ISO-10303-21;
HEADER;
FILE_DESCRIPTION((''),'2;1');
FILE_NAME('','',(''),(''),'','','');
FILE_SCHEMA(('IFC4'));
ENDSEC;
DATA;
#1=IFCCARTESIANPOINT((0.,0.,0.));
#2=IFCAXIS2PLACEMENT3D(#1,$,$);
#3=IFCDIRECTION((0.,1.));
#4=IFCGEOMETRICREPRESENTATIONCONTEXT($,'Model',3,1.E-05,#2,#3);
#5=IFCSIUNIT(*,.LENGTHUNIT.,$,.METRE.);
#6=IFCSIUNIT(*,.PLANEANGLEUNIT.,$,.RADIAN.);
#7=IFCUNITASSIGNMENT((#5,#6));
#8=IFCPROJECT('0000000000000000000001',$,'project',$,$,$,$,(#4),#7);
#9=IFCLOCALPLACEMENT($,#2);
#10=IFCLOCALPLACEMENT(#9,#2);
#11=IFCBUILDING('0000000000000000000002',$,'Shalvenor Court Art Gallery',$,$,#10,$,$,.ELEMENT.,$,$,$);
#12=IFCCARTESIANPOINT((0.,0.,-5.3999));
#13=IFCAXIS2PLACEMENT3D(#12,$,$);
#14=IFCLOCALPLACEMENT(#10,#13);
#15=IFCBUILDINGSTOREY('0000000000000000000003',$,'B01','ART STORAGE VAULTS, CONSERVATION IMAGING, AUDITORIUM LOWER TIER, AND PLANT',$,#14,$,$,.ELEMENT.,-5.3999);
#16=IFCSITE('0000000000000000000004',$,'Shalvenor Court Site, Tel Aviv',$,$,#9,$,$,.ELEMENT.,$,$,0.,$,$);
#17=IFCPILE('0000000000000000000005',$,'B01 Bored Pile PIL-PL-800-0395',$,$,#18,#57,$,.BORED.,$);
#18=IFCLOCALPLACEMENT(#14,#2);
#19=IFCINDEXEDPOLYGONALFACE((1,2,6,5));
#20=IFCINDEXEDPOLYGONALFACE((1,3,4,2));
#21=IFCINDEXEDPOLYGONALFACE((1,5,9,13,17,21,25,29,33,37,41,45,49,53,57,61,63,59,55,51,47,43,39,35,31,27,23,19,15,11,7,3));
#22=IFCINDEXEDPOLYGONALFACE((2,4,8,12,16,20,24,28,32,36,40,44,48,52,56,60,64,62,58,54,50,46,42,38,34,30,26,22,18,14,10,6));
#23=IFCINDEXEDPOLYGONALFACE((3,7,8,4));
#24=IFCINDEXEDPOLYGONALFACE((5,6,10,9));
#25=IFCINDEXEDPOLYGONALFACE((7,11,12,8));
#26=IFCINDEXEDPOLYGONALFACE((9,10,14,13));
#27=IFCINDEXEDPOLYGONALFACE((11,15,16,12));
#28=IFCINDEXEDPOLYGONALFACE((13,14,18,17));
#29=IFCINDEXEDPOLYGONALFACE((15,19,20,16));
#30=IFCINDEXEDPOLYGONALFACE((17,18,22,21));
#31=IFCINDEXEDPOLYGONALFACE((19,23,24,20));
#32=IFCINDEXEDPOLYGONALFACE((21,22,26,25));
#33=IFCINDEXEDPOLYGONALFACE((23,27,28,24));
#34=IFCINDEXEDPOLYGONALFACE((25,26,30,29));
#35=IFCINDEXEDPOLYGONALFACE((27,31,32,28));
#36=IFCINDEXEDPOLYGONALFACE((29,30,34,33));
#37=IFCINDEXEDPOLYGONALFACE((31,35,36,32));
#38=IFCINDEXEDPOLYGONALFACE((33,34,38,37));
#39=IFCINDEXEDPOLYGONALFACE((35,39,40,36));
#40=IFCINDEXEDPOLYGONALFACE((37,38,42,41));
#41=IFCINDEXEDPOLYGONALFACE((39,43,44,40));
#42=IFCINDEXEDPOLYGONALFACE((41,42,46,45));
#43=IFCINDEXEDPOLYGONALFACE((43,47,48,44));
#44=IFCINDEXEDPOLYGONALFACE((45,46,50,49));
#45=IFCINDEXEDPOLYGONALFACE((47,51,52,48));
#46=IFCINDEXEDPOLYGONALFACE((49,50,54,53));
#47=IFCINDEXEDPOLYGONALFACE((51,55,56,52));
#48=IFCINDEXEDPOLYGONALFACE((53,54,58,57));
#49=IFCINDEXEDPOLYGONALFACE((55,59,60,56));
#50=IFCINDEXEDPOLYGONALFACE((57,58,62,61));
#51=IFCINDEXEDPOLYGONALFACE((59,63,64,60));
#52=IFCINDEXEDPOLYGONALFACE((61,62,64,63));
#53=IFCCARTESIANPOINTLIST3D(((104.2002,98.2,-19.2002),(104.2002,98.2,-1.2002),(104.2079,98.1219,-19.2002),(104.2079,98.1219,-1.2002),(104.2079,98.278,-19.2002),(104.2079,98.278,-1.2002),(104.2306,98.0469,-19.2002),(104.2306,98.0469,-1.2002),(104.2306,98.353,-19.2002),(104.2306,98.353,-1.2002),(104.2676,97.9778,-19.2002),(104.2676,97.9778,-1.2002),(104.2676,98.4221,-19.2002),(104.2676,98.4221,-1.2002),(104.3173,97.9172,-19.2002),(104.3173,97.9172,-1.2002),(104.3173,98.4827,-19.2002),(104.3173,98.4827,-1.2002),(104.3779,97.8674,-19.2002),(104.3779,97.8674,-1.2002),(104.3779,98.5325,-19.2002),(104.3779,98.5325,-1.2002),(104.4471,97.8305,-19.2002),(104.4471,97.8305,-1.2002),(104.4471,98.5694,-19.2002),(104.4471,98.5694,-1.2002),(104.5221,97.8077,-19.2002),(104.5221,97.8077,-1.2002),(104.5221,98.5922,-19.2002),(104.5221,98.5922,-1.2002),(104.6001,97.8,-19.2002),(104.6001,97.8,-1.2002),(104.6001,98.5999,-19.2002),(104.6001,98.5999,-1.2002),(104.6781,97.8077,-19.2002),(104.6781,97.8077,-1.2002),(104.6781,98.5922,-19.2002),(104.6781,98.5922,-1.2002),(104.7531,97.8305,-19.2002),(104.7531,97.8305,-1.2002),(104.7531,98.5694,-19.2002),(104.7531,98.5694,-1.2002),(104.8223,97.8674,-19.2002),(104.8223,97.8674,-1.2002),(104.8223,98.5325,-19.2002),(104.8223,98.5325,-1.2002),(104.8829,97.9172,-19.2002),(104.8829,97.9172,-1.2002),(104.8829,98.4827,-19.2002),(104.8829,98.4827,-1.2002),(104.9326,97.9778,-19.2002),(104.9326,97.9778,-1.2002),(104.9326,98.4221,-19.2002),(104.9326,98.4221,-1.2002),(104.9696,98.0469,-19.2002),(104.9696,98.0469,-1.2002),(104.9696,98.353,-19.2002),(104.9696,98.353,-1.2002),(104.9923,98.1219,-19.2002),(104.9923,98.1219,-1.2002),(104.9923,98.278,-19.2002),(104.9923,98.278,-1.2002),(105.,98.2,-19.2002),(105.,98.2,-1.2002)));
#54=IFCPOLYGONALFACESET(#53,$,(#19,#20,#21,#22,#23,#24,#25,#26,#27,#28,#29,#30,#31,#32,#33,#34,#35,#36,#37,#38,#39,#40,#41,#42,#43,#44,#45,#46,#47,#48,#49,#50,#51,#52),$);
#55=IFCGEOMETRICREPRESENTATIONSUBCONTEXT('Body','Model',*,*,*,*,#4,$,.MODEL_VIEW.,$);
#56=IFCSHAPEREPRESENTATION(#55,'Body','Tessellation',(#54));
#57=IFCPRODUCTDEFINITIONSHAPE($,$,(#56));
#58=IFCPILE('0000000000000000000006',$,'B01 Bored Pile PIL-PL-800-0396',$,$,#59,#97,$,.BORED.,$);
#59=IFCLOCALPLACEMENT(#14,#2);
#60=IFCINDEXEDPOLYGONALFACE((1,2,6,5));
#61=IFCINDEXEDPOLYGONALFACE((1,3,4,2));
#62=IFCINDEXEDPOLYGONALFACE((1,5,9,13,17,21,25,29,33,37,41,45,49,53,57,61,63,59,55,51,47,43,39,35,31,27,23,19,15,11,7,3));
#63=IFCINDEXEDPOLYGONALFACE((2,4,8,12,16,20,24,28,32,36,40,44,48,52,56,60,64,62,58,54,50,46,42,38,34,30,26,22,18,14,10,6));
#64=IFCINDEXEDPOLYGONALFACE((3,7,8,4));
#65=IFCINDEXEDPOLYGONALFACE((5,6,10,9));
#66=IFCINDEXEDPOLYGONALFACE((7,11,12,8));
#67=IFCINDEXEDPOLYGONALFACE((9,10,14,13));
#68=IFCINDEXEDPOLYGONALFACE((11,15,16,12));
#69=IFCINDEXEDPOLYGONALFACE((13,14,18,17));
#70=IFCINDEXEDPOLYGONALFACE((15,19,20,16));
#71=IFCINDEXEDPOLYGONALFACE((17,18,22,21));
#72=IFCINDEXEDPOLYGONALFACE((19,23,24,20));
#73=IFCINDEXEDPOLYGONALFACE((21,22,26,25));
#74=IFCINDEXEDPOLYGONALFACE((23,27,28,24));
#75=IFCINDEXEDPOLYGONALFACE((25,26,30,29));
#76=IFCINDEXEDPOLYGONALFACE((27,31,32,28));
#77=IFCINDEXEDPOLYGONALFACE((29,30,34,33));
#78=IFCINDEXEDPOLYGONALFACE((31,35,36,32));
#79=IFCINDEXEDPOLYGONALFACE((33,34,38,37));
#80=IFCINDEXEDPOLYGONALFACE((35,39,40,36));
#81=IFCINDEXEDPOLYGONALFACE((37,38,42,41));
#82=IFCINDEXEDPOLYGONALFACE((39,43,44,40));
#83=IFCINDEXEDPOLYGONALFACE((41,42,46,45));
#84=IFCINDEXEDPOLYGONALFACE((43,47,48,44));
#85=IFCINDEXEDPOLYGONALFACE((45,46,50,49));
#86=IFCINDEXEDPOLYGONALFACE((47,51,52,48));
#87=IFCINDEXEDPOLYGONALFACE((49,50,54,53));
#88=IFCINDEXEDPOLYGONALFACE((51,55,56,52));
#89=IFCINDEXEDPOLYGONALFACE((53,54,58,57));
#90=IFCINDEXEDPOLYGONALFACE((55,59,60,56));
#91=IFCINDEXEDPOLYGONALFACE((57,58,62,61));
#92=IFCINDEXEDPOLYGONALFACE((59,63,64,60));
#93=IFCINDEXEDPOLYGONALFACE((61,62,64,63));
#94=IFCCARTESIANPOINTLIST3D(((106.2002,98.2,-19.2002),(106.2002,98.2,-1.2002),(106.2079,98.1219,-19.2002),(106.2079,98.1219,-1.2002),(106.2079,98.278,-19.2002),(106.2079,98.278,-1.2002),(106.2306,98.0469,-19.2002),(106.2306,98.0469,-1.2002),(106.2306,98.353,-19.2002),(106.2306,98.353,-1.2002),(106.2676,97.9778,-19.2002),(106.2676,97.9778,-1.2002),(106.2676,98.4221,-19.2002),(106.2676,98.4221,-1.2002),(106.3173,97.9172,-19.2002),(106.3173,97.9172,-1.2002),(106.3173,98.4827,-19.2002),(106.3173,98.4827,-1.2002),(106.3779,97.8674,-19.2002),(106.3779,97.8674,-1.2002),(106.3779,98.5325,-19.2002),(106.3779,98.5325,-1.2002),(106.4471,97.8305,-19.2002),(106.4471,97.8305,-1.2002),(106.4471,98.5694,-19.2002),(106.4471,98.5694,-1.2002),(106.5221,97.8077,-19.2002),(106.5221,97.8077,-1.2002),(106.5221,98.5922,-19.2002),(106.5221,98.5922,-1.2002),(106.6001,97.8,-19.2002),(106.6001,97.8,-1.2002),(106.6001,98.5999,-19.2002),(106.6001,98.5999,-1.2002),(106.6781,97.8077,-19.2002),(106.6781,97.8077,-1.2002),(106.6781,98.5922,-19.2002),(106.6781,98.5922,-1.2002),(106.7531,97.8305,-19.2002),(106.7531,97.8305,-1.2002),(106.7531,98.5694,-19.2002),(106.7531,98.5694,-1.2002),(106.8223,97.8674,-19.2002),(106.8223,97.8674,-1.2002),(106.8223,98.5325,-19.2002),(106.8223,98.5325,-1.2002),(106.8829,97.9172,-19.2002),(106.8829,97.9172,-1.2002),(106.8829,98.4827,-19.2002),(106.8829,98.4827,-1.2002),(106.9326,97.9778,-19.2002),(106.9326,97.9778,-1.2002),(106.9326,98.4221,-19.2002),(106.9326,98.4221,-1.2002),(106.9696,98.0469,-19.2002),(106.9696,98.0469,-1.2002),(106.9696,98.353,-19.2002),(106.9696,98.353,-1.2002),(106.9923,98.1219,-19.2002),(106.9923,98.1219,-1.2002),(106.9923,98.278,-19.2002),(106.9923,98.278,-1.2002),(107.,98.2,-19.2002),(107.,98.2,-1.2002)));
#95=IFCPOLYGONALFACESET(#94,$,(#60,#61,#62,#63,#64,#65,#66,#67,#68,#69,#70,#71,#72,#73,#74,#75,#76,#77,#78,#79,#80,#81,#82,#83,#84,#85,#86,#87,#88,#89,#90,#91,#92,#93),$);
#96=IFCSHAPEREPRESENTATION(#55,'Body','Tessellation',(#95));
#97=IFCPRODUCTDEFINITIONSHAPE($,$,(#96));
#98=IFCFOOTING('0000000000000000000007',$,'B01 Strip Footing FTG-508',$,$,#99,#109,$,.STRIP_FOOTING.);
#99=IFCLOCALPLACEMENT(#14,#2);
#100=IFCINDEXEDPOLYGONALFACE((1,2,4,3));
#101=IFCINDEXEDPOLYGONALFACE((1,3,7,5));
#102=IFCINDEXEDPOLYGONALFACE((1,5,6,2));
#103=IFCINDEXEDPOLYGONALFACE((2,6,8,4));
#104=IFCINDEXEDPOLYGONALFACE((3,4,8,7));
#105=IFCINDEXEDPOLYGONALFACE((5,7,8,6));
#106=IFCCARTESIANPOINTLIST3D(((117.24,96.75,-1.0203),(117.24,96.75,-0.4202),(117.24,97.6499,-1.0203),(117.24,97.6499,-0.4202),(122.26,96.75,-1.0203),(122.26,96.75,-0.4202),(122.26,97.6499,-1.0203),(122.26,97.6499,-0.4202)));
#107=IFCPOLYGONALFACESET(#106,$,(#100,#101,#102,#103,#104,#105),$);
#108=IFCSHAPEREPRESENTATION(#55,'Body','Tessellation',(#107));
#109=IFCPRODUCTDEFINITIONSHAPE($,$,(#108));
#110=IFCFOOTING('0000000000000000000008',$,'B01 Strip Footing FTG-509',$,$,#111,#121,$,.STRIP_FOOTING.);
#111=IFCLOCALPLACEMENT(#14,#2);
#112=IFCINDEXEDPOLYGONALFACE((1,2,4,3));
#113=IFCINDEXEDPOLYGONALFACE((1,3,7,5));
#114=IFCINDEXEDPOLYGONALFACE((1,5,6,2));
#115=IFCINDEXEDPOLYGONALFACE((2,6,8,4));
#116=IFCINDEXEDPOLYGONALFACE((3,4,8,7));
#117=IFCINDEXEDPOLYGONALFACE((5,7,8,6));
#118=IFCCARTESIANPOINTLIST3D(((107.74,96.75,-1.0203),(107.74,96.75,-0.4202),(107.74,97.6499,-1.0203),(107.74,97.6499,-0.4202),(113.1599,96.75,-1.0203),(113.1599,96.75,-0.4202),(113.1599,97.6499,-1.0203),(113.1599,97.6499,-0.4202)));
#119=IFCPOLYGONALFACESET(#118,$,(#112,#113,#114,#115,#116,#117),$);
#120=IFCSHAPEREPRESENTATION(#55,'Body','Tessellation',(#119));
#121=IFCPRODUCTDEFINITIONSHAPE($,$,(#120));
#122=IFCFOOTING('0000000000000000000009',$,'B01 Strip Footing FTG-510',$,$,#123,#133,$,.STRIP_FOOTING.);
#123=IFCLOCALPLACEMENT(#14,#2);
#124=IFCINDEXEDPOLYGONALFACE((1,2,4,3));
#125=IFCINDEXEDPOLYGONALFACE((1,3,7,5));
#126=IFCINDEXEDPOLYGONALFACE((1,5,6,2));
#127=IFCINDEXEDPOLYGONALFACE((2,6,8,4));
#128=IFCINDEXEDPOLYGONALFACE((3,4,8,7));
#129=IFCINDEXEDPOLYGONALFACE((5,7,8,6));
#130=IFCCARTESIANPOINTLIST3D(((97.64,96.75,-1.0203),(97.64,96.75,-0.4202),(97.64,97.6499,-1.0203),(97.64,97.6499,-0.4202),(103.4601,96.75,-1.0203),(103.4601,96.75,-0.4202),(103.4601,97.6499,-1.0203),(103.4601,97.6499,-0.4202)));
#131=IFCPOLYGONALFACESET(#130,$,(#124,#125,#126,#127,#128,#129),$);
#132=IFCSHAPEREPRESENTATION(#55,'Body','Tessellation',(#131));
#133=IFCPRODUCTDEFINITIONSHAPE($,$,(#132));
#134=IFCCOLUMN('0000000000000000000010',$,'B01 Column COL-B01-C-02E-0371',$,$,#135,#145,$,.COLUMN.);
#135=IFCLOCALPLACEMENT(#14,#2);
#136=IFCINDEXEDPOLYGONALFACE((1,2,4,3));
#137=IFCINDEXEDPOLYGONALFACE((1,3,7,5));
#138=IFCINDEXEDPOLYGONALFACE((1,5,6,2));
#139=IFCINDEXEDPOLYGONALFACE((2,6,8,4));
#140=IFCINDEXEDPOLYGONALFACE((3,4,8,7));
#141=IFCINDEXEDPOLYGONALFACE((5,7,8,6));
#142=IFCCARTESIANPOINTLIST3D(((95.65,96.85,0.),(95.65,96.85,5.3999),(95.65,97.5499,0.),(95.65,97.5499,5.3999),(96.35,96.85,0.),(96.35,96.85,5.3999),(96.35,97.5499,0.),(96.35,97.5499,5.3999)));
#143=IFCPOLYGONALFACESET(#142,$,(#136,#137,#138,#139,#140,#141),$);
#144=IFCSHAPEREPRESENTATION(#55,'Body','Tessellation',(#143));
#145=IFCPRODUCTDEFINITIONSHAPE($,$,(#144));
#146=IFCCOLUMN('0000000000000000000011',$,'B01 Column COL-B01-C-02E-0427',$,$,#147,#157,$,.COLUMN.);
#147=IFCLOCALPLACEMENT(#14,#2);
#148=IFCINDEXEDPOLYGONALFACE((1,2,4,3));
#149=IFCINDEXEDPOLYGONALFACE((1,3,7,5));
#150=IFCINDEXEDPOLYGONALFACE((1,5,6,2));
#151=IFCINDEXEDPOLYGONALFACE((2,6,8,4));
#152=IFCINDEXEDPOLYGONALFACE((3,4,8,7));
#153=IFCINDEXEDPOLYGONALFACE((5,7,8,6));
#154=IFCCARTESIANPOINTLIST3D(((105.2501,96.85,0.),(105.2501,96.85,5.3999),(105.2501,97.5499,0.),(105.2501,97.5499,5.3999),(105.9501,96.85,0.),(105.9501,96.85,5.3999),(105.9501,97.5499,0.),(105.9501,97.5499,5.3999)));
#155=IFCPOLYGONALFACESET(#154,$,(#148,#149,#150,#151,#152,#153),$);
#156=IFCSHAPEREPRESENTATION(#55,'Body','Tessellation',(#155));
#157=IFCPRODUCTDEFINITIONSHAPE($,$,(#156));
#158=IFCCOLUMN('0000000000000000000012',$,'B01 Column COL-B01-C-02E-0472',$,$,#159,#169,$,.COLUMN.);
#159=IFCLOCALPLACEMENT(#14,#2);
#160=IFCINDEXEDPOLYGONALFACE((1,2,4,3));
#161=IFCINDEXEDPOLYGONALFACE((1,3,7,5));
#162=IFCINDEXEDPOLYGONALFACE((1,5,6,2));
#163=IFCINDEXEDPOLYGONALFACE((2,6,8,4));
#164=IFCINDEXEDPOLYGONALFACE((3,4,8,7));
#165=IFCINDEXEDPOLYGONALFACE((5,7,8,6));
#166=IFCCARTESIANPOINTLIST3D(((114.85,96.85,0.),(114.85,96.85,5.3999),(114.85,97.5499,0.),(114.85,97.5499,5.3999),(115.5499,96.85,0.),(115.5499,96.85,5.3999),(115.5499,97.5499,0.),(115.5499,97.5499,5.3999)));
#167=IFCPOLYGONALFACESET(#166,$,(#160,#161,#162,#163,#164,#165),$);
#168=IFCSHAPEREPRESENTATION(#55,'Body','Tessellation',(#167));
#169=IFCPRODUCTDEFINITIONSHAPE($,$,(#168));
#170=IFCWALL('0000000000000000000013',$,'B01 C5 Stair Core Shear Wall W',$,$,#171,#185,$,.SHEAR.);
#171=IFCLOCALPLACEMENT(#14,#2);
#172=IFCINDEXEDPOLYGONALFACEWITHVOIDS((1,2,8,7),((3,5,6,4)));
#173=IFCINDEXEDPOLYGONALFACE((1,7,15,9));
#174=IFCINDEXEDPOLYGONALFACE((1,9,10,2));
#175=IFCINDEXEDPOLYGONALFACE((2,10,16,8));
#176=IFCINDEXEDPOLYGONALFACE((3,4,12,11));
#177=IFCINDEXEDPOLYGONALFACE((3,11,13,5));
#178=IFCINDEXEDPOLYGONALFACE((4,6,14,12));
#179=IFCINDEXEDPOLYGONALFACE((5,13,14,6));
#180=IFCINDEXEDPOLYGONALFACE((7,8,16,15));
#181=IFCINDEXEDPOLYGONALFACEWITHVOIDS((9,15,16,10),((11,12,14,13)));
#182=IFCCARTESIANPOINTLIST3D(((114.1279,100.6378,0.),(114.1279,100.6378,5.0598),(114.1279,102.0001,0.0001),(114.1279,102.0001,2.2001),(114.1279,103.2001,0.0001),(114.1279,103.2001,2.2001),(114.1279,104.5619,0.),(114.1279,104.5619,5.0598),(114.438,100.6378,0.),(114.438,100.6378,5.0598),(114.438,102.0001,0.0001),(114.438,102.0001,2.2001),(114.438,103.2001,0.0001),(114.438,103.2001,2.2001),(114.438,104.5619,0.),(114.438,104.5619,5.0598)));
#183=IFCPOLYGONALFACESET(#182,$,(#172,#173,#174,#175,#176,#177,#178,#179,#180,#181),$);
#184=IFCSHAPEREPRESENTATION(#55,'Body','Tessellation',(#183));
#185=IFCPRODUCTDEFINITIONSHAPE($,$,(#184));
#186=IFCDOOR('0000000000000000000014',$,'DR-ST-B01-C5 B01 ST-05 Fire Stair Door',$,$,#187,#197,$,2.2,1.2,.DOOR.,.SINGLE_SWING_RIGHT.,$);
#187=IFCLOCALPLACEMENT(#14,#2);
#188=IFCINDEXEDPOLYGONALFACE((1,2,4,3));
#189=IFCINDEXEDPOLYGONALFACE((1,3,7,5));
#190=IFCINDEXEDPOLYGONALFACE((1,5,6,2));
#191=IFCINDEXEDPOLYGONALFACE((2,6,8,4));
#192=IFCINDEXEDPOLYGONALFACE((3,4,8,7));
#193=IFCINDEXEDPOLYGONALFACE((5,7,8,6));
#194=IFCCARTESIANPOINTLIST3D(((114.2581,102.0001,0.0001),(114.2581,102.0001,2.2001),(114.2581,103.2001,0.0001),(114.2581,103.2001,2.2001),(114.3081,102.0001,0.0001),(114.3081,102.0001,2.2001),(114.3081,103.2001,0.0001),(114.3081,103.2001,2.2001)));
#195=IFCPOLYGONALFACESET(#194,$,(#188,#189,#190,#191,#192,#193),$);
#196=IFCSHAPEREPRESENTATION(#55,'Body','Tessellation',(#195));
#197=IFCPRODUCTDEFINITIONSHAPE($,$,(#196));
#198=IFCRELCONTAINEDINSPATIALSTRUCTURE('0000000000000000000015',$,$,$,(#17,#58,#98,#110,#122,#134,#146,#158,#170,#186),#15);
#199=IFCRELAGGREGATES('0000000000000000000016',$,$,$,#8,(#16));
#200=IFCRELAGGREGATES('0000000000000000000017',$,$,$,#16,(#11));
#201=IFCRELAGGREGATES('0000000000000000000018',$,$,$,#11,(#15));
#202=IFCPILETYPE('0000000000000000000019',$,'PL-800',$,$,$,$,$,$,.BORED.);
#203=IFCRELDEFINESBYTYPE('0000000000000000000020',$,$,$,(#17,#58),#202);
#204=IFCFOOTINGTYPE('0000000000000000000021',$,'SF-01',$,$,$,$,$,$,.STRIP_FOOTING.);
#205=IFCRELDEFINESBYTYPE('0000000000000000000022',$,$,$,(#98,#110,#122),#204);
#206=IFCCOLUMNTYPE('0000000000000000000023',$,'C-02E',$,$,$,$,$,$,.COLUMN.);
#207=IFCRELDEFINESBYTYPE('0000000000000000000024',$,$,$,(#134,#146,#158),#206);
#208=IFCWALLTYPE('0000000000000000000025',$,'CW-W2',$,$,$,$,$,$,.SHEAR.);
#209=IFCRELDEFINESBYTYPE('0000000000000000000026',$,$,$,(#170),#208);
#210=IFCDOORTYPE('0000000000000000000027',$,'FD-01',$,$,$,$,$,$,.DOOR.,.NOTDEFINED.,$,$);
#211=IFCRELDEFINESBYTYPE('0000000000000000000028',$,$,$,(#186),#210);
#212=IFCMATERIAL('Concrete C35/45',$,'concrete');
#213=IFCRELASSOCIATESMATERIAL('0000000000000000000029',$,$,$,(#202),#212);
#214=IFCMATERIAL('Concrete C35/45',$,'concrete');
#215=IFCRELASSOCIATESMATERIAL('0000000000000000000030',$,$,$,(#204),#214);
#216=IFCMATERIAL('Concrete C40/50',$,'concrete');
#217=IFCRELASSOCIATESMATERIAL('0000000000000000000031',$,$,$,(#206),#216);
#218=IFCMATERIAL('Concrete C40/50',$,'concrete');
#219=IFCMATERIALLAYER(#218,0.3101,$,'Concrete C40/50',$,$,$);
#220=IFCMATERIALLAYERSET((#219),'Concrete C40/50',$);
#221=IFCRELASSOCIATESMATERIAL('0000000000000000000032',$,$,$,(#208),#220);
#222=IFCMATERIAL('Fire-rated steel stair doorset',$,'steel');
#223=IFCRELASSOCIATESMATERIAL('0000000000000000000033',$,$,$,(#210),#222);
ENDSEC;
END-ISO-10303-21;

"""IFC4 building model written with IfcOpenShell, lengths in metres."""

from ifc_helpers import new_model, si_unit, direction, frame, frame_2d, origin, origin_2d, place, context, subcontext, project, spatial, rectangle, circle, extrude, material, layer, layer_set, material_profile, profile_set, type_object, element, fill, save


model = new_model("IFC4")

# Units and contexts
model_context = context("Model", 3, precision=1e-05, world=origin(), true_north=direction((0.0, 1.0)))
body_context = subcontext(model_context, "Body", "Model", "MODEL_VIEW")
ifc_project = project(units=[si_unit("LENGTHUNIT", "METRE"), si_unit("PLANEANGLEUNIT", "RADIAN")], contexts=[model_context])

# Site, building, storey
site_placement = place(None, origin())
site = spatial("IfcSite", under=ifc_project, at=site_placement, Name="Shalvenor Court Site, Tel Aviv", CompositionType="ELEMENT", RefElevation=0.0)
building_placement = place(site_placement, origin())
building = spatial("IfcBuilding", under=site, at=building_placement, Name="Shalvenor Court Art Gallery", CompositionType="ELEMENT")
storey_placement = place(building_placement, frame((0.0, 0.0, -5.3999)))
storey = spatial("IfcBuildingStorey", under=building, at=storey_placement, Name="B01", Description="ART STORAGE VAULTS, CONSERVATION IMAGING, AUDITORIUM LOWER TIER, AND PLANT", CompositionType="ELEMENT", Elevation=-5.3999)

# Piles
ifc_material_1 = material(Name="Concrete C35/45", Category="concrete")
ifc_material_profile_1 = material_profile(ifc_material_1, circle(Radius=0.3999, at=origin_2d()), Name="PILE 800")
ifc_profile_set_1 = profile_set([ifc_material_profile_1], Name="Concrete C35/45")
pile_type_1 = type_object("IfcPileType", Name="PL-800", PredefinedType="BORED", material=ifc_profile_set_1)
for number, where, z_axis, x_axis, name in (
    (1, (104.6001, 98.2, -1.2002), (0.0, 0.0, -1.0), (1.0, 0.0, 0.0), "B01 Bored Pile PIL-PL-800-0395"),
    (2, (106.6001, 98.2, -1.2002), (0.0, 0.0, -1.0), (1.0, 0.0, 0.0), "B01 Bored Pile PIL-PL-800-0396"),
):
    element("IfcPile", number, at=place(storey_placement, frame(where, z_axis=z_axis, x_axis=x_axis)), inside=storey, type_object=pile_type_1, Name=name, PredefinedType="BORED", context=body_context, shape_type="SweptSolid", body=[
        extrude(circle(Radius=0.3999, at=origin_2d()), origin(), (0.0, 0.0, 1.0), 18.0),
    ])

# Footings
ifc_material_2 = material(Name="Concrete C35/45", Category="concrete")
footing_type_1 = type_object("IfcFootingType", Name="SF-01", PredefinedType="STRIP_FOOTING", material=ifc_material_2)
footing_1_placement = place(storey_placement, frame((119.75, 97.2, -1.0203), z_axis=(0.0, 0.0, 1.0), x_axis=(1.0, 0.0, 0.0)))
element("IfcFooting", 3, at=footing_1_placement, inside=storey, type_object=footing_type_1, Name="B01 Strip Footing FTG-508", PredefinedType="STRIP_FOOTING", context=body_context, shape_type="SweptSolid", body=[
    extrude(rectangle(XDim=5.02, YDim=0.8999, at=origin_2d()), origin(), (0.0, 0.0, 1.0), 0.6001),
])
footing_2_placement = place(storey_placement, frame((110.45, 97.2, -1.0203), z_axis=(0.0, 0.0, 1.0), x_axis=(1.0, 0.0, 0.0)))
element("IfcFooting", 4, at=footing_2_placement, inside=storey, type_object=footing_type_1, Name="B01 Strip Footing FTG-509", PredefinedType="STRIP_FOOTING", context=body_context, shape_type="SweptSolid", body=[
    extrude(rectangle(XDim=5.4199, YDim=0.8999, at=origin_2d()), origin(), (0.0, 0.0, 1.0), 0.6001),
])
footing_3_placement = place(storey_placement, frame((100.55, 97.2, -1.0203), z_axis=(0.0, 0.0, 1.0), x_axis=(1.0, 0.0, 0.0)))
element("IfcFooting", 5, at=footing_3_placement, inside=storey, type_object=footing_type_1, Name="B01 Strip Footing FTG-510", PredefinedType="STRIP_FOOTING", context=body_context, shape_type="SweptSolid", body=[
    extrude(rectangle(XDim=5.8201, YDim=0.8999, at=origin_2d()), origin(), (0.0, 0.0, 1.0), 0.6001),
])

# Columns
ifc_material_3 = material(Name="Concrete C40/50", Category="concrete")
ifc_material_profile_2 = material_profile(ifc_material_3, rectangle(XDim=0.7, YDim=0.7, at=origin_2d()), Name="RC 700x700")
ifc_profile_set_2 = profile_set([ifc_material_profile_2], Name="Concrete C40/50")
column_type = type_object("IfcColumnType", Name="C-02E", PredefinedType="COLUMN", material=ifc_profile_set_2)
for number, where, z_axis, x_axis, name in (
    (6, (96.0, 97.2, 0.0), (0.0, 0.0, 1.0), (1.0, 0.0, 0.0), "B01 Column COL-B01-C-02E-0371"),
    (7, (105.6001, 97.2, 0.0), (0.0, 0.0, 1.0), (1.0, 0.0, 0.0), "B01 Column COL-B01-C-02E-0427"),
    (8, (115.2, 97.2, 0.0), (0.0, 0.0, 1.0), (1.0, 0.0, 0.0), "B01 Column COL-B01-C-02E-0472"),
):
    element("IfcColumn", number, at=place(storey_placement, frame(where, z_axis=z_axis, x_axis=x_axis)), inside=storey, type_object=column_type, Name=name, PredefinedType="COLUMN", context=body_context, shape_type="SweptSolid", body=[
        extrude(rectangle(XDim=0.7, YDim=0.7, at=origin_2d()), origin(), (0.0, 0.0, 1.0), 5.3999),
    ])

# Wall, opening, door
ifc_material_4 = material(Name="Concrete C40/50", Category="concrete")
ifc_layer_1 = layer(ifc_material_4, 0.3101, Name="Concrete C40/50")
ifc_layer_set_1 = layer_set([ifc_layer_1], Name="Concrete C40/50")
wall_type_1 = type_object("IfcWallType", Name="CW-W2", PredefinedType="SHEAR", material=ifc_layer_set_1)
wall_1_placement = place(storey_placement, frame((114.283, 100.6379, 0.0), z_axis=(0.0, 0.0, 1.0), x_axis=(0.0, 1.0, 0.0)))
wall_1 = element("IfcWall", 9, at=wall_1_placement, inside=storey, type_object=wall_type_1, Name="B01 C5 Stair Core Shear Wall W", PredefinedType="SHEAR", context=body_context, shape_type="SweptSolid", body=[
    extrude(rectangle(XDim=3.9241, YDim=0.3101, at=frame_2d((1.9619, 0.0))), origin(), (0.0, 0.0, 1.0), 5.0598),
])
opening_placement = place(wall_1_placement, frame((1.3621, 0.0, 0.0)))
opening = element("IfcOpeningElement", 10, at=opening_placement, cuts=wall_1, PredefinedType="OPENING", context=body_context, shape_type="SweptSolid", body=[
    extrude(rectangle(XDim=1.2, YDim=2.2, at=frame_2d((0.6001, 1.1001))), frame((0.0, 0.165, 0.0), z_axis=(0.0, -1.0, 0.0), x_axis=(1.0, 0.0, 0.0)), (0.0, 0.0, 1.0), 0.3301),
])
ifc_material_5 = material(Name="Fire-rated steel stair doorset", Category="steel")
door_type = type_object("IfcDoorType", Name="FD-01", OperationType="NOTDEFINED", PredefinedType="DOOR", material=ifc_material_5)
door_placement = place(opening_placement, origin())
door = element("IfcDoor", 11, at=door_placement, inside=storey, type_object=door_type, Name="DR-ST-B01-C5 B01 ST-05 Fire Stair Door", OperationType="SINGLE_SWING_RIGHT", OverallHeight=2.2, OverallWidth=1.2, PredefinedType="DOOR", context=body_context, shape_type="SweptSolid", body=[
    extrude(rectangle(XDim=1.2, YDim=2.2, at=frame_2d((0.6001, 1.1001))), frame((0.0, 0.0249, 0.0), z_axis=(0.0, -1.0, 0.0), x_axis=(1.0, 0.0, 0.0)), (0.0, 0.0, 1.0), 0.05),
])
fill(opening, door)

save(model, "model.ifc")
